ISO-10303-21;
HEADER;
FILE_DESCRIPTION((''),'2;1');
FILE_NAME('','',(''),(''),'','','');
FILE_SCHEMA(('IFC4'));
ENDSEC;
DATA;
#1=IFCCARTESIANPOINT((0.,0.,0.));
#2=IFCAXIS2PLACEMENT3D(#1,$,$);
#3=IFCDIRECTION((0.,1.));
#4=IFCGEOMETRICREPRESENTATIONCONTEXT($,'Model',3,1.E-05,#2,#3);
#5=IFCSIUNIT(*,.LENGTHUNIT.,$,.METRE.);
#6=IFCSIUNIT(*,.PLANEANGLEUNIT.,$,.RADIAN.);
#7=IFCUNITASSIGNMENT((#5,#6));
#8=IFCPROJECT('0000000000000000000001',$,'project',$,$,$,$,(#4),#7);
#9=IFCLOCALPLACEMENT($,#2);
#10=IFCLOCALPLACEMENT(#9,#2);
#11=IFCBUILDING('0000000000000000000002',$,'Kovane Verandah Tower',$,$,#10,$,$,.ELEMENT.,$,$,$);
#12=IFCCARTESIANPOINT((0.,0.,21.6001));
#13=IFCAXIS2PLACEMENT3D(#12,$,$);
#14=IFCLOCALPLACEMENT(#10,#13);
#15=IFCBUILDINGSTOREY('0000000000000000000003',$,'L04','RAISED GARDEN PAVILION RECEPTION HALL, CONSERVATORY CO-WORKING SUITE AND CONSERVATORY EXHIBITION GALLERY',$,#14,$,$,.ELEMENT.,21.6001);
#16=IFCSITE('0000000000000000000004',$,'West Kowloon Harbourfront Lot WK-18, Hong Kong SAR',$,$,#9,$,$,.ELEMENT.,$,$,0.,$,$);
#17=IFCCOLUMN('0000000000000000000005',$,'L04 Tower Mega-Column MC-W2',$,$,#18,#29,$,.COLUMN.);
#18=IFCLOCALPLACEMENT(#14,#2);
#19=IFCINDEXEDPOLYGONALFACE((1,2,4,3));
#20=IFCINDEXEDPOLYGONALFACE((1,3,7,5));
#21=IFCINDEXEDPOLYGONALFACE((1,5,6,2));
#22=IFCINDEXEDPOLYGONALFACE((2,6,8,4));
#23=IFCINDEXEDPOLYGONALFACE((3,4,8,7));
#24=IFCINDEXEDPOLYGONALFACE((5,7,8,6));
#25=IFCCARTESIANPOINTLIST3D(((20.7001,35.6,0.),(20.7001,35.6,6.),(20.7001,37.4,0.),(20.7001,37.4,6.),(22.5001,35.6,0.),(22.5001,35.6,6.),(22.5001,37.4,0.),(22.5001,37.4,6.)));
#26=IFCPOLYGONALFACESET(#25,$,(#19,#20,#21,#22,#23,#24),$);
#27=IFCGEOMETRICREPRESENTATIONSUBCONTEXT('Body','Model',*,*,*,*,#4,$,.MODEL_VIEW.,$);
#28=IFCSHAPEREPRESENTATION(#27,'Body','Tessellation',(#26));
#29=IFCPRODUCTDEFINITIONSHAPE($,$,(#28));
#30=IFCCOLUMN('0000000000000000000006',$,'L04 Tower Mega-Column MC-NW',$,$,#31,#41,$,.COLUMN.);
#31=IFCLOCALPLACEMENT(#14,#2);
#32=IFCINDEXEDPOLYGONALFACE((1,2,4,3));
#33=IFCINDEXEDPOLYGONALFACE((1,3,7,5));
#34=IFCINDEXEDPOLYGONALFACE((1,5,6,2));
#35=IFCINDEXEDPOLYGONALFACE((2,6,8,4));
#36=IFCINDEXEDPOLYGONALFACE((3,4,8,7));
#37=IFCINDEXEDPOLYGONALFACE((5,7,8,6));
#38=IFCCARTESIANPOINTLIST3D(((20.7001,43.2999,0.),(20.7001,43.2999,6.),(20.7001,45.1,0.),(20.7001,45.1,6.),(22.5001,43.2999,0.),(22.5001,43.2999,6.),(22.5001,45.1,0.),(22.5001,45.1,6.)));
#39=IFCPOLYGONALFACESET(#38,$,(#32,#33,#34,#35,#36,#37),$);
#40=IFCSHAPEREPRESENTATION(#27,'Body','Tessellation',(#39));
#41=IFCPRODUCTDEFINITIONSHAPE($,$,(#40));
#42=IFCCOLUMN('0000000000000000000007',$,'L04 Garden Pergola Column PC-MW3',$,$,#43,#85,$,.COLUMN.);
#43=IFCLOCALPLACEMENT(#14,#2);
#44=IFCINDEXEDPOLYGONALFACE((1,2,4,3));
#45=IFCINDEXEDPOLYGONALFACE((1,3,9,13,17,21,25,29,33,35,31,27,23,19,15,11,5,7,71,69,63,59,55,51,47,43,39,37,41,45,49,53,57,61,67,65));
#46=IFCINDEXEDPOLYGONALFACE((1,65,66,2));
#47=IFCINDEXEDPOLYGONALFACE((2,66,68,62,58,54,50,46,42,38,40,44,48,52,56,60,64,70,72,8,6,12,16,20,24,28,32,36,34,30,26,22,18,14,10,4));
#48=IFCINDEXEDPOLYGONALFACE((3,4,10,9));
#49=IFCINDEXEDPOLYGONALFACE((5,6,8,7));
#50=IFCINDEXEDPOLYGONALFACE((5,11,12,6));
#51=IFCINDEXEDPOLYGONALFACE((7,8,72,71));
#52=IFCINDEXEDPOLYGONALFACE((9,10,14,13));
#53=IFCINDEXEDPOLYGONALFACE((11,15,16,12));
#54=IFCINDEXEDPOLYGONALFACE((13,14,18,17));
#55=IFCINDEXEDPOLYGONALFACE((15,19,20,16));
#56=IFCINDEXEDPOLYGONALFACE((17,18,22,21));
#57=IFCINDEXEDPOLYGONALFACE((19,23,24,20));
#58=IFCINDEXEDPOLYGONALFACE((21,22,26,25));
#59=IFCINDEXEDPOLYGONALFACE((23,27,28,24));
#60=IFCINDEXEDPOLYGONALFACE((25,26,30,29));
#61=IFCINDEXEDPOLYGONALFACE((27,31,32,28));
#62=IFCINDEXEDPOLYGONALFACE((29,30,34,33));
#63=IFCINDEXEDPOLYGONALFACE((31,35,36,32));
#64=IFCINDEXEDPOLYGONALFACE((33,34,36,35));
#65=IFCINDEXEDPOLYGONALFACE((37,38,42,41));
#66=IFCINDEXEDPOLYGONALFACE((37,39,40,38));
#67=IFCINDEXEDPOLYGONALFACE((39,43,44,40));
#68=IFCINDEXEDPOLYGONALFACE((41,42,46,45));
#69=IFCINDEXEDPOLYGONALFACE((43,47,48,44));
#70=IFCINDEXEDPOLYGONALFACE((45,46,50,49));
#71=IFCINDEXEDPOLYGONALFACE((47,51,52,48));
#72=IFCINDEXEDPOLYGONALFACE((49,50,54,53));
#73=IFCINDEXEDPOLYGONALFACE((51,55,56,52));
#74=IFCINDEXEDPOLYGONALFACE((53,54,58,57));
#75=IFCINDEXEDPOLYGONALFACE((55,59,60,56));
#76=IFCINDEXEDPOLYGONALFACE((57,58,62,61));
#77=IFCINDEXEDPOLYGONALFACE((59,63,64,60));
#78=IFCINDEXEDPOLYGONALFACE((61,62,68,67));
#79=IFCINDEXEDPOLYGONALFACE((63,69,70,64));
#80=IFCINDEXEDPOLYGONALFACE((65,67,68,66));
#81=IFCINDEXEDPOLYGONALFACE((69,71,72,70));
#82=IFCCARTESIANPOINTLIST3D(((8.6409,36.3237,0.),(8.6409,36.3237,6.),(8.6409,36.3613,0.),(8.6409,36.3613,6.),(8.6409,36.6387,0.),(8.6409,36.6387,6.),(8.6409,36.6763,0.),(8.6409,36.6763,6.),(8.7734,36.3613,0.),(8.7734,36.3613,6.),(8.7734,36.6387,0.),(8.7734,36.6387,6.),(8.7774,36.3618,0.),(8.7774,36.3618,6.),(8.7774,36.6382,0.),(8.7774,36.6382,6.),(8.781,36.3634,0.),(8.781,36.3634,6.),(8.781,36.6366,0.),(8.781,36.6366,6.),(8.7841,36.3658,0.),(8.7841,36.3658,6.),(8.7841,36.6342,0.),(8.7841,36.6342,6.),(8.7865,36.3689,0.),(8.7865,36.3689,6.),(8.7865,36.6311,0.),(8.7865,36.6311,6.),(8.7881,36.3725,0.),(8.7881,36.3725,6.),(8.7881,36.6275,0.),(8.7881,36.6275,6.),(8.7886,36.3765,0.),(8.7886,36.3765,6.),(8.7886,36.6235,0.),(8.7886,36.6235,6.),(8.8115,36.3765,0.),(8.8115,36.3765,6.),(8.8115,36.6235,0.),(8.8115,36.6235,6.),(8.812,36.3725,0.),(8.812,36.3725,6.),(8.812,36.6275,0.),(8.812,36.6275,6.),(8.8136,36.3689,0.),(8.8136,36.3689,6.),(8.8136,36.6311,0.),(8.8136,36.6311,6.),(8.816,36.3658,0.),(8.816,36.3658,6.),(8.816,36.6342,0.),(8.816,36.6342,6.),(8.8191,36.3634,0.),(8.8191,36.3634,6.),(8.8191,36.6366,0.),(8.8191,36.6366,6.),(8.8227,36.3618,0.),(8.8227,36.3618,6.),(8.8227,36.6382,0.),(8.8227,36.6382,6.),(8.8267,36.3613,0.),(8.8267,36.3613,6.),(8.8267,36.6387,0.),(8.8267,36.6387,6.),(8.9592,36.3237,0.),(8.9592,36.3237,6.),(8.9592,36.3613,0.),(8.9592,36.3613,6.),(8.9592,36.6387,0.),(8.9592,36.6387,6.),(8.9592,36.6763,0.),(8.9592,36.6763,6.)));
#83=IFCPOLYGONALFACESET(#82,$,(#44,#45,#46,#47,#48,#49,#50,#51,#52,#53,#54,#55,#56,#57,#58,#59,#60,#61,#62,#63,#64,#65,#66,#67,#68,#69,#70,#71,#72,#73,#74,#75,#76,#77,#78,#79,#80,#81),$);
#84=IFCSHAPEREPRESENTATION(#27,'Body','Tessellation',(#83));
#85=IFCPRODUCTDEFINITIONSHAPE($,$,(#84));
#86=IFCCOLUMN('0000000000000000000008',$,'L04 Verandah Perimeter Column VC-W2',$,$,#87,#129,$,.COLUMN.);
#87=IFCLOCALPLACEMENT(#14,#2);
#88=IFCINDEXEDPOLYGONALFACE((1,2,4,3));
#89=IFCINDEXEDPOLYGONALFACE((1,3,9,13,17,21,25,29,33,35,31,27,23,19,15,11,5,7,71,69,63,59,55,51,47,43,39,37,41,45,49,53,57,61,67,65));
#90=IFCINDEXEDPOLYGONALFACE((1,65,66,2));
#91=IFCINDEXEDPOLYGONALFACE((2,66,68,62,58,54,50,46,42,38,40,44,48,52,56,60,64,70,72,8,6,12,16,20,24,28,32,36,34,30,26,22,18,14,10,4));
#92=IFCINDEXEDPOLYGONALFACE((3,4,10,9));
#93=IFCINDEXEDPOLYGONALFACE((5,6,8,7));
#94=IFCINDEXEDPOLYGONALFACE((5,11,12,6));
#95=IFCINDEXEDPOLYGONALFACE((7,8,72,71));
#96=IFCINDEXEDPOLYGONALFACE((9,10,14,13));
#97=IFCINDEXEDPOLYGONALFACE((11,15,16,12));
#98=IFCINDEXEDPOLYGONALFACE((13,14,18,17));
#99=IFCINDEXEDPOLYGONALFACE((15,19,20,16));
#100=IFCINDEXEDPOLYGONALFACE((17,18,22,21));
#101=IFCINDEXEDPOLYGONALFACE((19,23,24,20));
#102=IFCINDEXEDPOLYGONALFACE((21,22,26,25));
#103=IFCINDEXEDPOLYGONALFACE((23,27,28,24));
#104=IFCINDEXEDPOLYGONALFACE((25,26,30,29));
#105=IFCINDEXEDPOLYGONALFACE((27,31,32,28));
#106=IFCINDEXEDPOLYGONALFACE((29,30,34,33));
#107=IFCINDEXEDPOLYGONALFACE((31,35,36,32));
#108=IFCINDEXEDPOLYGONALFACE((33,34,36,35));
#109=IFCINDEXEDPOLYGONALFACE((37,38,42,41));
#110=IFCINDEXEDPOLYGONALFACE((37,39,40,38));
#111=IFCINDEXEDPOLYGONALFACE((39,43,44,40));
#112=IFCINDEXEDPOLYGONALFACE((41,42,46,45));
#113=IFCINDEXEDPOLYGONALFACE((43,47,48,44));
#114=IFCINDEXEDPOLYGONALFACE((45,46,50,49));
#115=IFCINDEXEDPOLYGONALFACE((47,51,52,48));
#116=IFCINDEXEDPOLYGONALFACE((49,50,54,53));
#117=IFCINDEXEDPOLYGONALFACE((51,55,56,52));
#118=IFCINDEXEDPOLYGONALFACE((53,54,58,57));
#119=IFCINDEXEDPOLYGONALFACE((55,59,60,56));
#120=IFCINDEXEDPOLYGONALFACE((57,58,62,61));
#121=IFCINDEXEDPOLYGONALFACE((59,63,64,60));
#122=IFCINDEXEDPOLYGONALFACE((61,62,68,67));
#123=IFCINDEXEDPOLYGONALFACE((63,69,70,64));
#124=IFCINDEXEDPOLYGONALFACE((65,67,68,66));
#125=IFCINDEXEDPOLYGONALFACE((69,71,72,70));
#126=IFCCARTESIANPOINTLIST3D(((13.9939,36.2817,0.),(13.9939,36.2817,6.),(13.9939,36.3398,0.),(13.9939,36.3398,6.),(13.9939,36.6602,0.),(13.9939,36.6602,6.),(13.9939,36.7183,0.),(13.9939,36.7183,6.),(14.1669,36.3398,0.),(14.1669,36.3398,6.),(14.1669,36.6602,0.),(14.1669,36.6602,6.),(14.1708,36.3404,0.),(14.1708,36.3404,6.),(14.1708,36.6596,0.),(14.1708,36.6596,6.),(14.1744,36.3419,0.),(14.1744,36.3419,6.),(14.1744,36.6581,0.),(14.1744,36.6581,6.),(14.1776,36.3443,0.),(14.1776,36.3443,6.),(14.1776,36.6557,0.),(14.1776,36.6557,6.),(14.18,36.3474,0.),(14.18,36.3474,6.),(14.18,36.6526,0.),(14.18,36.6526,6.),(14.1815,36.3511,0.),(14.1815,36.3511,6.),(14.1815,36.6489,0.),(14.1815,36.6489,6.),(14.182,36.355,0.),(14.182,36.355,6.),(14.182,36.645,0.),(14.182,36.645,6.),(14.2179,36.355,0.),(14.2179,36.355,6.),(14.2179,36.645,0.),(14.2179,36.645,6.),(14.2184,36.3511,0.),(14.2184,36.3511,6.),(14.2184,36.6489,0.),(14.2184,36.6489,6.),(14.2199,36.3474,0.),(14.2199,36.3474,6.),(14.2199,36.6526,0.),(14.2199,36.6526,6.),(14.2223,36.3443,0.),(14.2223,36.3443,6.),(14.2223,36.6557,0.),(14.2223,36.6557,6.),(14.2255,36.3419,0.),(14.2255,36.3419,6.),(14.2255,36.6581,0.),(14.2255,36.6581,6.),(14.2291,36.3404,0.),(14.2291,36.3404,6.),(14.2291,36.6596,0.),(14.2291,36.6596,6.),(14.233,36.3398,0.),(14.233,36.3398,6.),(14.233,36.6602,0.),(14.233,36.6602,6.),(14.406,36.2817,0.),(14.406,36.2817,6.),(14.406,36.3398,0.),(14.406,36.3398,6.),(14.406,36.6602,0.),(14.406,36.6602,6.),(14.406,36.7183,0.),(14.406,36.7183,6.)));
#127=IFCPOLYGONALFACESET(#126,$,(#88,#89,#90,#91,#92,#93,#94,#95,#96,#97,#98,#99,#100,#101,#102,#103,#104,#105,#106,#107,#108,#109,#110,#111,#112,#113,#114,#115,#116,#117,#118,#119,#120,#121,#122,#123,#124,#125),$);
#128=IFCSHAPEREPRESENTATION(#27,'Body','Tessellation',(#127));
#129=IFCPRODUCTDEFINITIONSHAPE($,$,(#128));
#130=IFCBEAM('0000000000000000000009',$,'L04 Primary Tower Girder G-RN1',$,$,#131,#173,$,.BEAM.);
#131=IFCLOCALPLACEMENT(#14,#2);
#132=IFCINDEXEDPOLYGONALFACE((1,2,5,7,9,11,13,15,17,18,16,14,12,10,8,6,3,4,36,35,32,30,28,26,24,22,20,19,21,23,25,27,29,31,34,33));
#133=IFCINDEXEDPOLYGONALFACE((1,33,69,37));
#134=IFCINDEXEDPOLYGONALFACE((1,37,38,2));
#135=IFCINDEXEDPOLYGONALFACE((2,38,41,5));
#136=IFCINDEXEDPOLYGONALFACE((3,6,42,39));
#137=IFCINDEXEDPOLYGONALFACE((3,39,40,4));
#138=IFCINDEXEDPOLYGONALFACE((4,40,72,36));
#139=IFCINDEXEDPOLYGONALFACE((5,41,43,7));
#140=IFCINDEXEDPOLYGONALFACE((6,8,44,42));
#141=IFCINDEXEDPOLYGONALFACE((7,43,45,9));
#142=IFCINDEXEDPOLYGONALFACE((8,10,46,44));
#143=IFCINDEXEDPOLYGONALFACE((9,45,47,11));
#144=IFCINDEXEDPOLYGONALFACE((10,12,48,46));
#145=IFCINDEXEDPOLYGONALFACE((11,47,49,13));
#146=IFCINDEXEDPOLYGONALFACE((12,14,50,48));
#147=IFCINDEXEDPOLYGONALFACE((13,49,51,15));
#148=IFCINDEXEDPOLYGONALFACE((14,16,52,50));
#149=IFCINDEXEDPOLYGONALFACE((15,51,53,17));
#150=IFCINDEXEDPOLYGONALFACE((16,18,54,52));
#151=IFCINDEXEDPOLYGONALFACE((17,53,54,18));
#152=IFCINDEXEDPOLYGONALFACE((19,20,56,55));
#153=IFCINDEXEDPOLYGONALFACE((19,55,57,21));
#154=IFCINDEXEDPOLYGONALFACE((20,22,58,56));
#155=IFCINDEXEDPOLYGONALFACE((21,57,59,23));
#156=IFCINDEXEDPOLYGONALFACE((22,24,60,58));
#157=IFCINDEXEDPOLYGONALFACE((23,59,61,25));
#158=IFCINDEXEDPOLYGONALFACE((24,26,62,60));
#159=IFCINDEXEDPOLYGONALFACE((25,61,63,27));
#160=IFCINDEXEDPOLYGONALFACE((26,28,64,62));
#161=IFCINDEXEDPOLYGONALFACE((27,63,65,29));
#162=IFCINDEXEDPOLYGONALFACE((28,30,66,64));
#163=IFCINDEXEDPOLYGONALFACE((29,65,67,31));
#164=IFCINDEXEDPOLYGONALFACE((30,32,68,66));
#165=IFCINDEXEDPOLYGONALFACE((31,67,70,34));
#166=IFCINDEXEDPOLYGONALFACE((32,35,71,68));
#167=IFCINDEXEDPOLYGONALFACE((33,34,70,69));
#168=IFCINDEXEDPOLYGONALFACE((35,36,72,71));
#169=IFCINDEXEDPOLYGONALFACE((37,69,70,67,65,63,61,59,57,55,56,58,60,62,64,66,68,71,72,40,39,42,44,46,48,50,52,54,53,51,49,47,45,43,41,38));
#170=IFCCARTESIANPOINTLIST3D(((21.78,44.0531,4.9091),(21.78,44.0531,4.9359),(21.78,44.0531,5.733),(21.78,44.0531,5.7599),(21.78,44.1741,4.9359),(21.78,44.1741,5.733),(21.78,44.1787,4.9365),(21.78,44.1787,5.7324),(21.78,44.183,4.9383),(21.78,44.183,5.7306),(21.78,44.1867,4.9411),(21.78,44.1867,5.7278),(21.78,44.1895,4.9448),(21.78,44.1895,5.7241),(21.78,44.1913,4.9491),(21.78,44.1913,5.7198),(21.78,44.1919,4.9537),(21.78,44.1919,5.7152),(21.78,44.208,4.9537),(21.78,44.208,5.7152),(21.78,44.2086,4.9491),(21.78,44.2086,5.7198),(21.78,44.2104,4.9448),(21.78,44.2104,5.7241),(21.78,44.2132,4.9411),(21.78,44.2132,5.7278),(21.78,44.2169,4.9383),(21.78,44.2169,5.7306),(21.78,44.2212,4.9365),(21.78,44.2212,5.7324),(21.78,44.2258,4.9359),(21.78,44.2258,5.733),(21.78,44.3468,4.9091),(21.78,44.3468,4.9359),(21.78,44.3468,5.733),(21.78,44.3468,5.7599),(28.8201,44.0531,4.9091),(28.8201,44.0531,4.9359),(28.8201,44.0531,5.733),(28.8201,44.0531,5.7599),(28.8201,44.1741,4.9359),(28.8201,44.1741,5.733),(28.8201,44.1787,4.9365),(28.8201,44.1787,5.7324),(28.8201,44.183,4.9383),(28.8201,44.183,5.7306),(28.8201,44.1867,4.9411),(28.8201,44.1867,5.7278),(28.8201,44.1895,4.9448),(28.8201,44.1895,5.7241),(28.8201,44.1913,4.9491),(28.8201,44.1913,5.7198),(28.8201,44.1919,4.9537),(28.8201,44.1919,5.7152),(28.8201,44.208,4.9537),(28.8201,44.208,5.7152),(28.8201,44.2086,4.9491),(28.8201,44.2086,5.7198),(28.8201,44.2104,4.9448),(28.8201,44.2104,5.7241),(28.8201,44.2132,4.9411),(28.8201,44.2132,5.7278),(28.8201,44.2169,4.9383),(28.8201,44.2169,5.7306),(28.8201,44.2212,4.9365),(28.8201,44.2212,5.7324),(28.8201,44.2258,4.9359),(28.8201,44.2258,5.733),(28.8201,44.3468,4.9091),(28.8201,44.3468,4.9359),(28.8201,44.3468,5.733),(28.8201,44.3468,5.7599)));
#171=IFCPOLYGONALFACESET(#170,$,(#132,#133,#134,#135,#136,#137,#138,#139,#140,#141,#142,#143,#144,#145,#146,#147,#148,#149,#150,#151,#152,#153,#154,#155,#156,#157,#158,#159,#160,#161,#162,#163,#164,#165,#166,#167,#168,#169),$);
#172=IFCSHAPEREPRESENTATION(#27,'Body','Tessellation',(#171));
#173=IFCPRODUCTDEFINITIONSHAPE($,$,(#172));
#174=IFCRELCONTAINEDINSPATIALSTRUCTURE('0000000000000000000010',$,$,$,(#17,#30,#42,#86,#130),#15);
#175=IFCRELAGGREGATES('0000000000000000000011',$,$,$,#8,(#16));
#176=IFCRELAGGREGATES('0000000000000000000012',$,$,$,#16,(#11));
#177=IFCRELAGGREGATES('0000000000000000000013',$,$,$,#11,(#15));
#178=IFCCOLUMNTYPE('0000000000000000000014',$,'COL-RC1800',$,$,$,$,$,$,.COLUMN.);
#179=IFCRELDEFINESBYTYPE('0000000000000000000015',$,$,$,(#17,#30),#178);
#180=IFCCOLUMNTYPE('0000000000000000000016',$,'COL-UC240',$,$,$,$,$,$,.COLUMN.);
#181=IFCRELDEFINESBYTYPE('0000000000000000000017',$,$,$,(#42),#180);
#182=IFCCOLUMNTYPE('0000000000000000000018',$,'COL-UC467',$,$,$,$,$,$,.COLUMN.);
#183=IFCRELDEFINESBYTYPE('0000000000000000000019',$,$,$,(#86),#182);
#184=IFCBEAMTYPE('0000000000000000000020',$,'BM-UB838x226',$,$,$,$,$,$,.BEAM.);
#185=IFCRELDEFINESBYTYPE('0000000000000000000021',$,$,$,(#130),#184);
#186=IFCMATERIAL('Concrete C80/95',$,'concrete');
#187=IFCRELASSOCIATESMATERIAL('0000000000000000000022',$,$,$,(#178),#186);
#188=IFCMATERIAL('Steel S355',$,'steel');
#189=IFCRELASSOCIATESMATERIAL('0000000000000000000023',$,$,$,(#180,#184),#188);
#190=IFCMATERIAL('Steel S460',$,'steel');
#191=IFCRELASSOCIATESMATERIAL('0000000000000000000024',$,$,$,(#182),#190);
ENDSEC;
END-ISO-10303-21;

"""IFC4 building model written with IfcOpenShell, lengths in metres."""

from ifc_helpers import new_model, si_unit, direction, frame, origin, origin_2d, place, context, subcontext, project, spatial, rectangle, i_section, extrude, material, material_profile, profile_set, type_object, element, save


model = new_model("IFC4")

# Units and contexts
model_context = context("Model", 3, precision=1e-05, world=origin(), true_north=direction((0.0, 1.0)))
body_context = subcontext(model_context, "Body", "Model", "MODEL_VIEW")
ifc_project = project(units=[si_unit("LENGTHUNIT", "METRE"), si_unit("PLANEANGLEUNIT", "RADIAN")], contexts=[model_context])

# Site, building, storey
site_placement = place(None, origin())
site = spatial("IfcSite", under=ifc_project, at=site_placement, Name="West Kowloon Harbourfront Lot WK-18, Hong Kong SAR", CompositionType="ELEMENT", RefElevation=0.0)
building_placement = place(site_placement, origin())
building = spatial("IfcBuilding", under=site, at=building_placement, Name="Kovane Verandah Tower", CompositionType="ELEMENT")
storey_placement = place(building_placement, frame((0.0, 0.0, 21.6001)))
storey = spatial("IfcBuildingStorey", under=building, at=storey_placement, Name="L04", Description="RAISED GARDEN PAVILION RECEPTION HALL, CONSERVATORY CO-WORKING SUITE AND CONSERVATORY EXHIBITION GALLERY", CompositionType="ELEMENT", Elevation=21.6001)

# Columns
ifc_material_1 = material(Name="Concrete C80/95", Category="concrete")
ifc_material_profile_1 = material_profile(ifc_material_1, rectangle(XDim=1.8, YDim=1.8, at=origin_2d()), Name="RC1800x1800")
ifc_profile_set_1 = profile_set([ifc_material_profile_1], Name="Concrete C80/95")
column_type_1 = type_object("IfcColumnType", Name="COL-RC1800", PredefinedType="COLUMN", material=ifc_profile_set_1)
for number, where, z_axis, x_axis, name in (
    (1, (21.6001, 36.5, 0.0), (0.0, 0.0, 1.0), (1.0, 0.0, 0.0), "L04 Tower Mega-Column MC-W2"),
    (2, (21.6001, 44.2, 0.0), (0.0, 0.0, 1.0), (1.0, 0.0, 0.0), "L04 Tower Mega-Column MC-NW"),
):
    element("IfcColumn", number, at=place(storey_placement, frame(where, z_axis=z_axis, x_axis=x_axis)), inside=storey, type_object=column_type_1, Name=name, PredefinedType="COLUMN", context=body_context, shape_type="SweptSolid", body=[
        extrude(rectangle(XDim=1.8, YDim=1.8, at=origin_2d()), origin(), (0.0, 0.0, 1.0), 6.0),
    ])
ifc_material_2 = material(Name="Steel S355", Category="steel")
ifc_material_profile_2 = material_profile(ifc_material_2, i_section(OverallWidth=0.3184, OverallDepth=0.3525, WebThickness=0.0229, FlangeThickness=0.0376, FilletRadius=0.0151, at=origin_2d()), Name="UC305x305x240")
ifc_profile_set_2 = profile_set([ifc_material_profile_2], Name="Steel S355")
column_type_2 = type_object("IfcColumnType", Name="COL-UC240", PredefinedType="COLUMN", material=ifc_profile_set_2)
column_1_placement = place(storey_placement, frame((8.8, 36.5, 0.0), z_axis=(0.0, 0.0, 1.0), x_axis=(1.0, 0.0, 0.0)))
element("IfcColumn", 3, at=column_1_placement, inside=storey, type_object=column_type_2, Name="L04 Garden Pergola Column PC-MW3", PredefinedType="COLUMN", context=body_context, shape_type="SweptSolid", body=[
    extrude(i_section(OverallWidth=0.3184, OverallDepth=0.3525, WebThickness=0.0229, FlangeThickness=0.0376, FilletRadius=0.0151, at=origin_2d()), origin(), (0.0, 0.0, 1.0), 6.0),
])
ifc_material_3 = material(Name="Steel S460", Category="steel")
ifc_material_profile_3 = material_profile(ifc_material_3, i_section(OverallWidth=0.4121, OverallDepth=0.4365, WebThickness=0.0359, FlangeThickness=0.0581, FilletRadius=0.0151, at=origin_2d()), Name="UC356x406x467")
ifc_profile_set_3 = profile_set([ifc_material_profile_3], Name="Steel S460")
column_type_3 = type_object("IfcColumnType", Name="COL-UC467", PredefinedType="COLUMN", material=ifc_profile_set_3)
column_2_placement = place(storey_placement, frame((14.2, 36.5, 0.0), z_axis=(0.0, 0.0, 1.0), x_axis=(1.0, 0.0, 0.0)))
element("IfcColumn", 4, at=column_2_placement, inside=storey, type_object=column_type_3, Name="L04 Verandah Perimeter Column VC-W2", PredefinedType="COLUMN", context=body_context, shape_type="SweptSolid", body=[
    extrude(i_section(OverallWidth=0.4121, OverallDepth=0.4365, WebThickness=0.0359, FlangeThickness=0.0581, FilletRadius=0.0151, at=origin_2d()), origin(), (0.0, 0.0, 1.0), 6.0),
])

# Beam
ifc_material_profile_4 = material_profile(ifc_material_2, i_section(OverallWidth=0.2937, OverallDepth=0.8508, WebThickness=0.0161, FlangeThickness=0.0269, FilletRadius=0.0178, at=origin_2d()), Name="UB838x292x226")
ifc_profile_set_4 = profile_set([ifc_material_profile_4], Name="Steel S355")
beam_type_1 = type_object("IfcBeamType", Name="BM-UB838x226", PredefinedType="BEAM", material=ifc_profile_set_4)
beam_1_placement = place(storey_placement, frame((21.78, 44.2, 5.3345), z_axis=(1.0, 0.0, 0.0), x_axis=(0.0, 1.0, 0.0)))
element("IfcBeam", 5, at=beam_1_placement, inside=storey, type_object=beam_type_1, Name="L04 Primary Tower Girder G-RN1", PredefinedType="BEAM", context=body_context, shape_type="SweptSolid", body=[
    extrude(i_section(OverallWidth=0.2937, OverallDepth=0.8508, WebThickness=0.0161, FlangeThickness=0.0269, FilletRadius=0.0178, at=origin_2d()), origin(), (0.0, 0.0, 1.0), 7.04),
])

save(model, "model.ifc")
